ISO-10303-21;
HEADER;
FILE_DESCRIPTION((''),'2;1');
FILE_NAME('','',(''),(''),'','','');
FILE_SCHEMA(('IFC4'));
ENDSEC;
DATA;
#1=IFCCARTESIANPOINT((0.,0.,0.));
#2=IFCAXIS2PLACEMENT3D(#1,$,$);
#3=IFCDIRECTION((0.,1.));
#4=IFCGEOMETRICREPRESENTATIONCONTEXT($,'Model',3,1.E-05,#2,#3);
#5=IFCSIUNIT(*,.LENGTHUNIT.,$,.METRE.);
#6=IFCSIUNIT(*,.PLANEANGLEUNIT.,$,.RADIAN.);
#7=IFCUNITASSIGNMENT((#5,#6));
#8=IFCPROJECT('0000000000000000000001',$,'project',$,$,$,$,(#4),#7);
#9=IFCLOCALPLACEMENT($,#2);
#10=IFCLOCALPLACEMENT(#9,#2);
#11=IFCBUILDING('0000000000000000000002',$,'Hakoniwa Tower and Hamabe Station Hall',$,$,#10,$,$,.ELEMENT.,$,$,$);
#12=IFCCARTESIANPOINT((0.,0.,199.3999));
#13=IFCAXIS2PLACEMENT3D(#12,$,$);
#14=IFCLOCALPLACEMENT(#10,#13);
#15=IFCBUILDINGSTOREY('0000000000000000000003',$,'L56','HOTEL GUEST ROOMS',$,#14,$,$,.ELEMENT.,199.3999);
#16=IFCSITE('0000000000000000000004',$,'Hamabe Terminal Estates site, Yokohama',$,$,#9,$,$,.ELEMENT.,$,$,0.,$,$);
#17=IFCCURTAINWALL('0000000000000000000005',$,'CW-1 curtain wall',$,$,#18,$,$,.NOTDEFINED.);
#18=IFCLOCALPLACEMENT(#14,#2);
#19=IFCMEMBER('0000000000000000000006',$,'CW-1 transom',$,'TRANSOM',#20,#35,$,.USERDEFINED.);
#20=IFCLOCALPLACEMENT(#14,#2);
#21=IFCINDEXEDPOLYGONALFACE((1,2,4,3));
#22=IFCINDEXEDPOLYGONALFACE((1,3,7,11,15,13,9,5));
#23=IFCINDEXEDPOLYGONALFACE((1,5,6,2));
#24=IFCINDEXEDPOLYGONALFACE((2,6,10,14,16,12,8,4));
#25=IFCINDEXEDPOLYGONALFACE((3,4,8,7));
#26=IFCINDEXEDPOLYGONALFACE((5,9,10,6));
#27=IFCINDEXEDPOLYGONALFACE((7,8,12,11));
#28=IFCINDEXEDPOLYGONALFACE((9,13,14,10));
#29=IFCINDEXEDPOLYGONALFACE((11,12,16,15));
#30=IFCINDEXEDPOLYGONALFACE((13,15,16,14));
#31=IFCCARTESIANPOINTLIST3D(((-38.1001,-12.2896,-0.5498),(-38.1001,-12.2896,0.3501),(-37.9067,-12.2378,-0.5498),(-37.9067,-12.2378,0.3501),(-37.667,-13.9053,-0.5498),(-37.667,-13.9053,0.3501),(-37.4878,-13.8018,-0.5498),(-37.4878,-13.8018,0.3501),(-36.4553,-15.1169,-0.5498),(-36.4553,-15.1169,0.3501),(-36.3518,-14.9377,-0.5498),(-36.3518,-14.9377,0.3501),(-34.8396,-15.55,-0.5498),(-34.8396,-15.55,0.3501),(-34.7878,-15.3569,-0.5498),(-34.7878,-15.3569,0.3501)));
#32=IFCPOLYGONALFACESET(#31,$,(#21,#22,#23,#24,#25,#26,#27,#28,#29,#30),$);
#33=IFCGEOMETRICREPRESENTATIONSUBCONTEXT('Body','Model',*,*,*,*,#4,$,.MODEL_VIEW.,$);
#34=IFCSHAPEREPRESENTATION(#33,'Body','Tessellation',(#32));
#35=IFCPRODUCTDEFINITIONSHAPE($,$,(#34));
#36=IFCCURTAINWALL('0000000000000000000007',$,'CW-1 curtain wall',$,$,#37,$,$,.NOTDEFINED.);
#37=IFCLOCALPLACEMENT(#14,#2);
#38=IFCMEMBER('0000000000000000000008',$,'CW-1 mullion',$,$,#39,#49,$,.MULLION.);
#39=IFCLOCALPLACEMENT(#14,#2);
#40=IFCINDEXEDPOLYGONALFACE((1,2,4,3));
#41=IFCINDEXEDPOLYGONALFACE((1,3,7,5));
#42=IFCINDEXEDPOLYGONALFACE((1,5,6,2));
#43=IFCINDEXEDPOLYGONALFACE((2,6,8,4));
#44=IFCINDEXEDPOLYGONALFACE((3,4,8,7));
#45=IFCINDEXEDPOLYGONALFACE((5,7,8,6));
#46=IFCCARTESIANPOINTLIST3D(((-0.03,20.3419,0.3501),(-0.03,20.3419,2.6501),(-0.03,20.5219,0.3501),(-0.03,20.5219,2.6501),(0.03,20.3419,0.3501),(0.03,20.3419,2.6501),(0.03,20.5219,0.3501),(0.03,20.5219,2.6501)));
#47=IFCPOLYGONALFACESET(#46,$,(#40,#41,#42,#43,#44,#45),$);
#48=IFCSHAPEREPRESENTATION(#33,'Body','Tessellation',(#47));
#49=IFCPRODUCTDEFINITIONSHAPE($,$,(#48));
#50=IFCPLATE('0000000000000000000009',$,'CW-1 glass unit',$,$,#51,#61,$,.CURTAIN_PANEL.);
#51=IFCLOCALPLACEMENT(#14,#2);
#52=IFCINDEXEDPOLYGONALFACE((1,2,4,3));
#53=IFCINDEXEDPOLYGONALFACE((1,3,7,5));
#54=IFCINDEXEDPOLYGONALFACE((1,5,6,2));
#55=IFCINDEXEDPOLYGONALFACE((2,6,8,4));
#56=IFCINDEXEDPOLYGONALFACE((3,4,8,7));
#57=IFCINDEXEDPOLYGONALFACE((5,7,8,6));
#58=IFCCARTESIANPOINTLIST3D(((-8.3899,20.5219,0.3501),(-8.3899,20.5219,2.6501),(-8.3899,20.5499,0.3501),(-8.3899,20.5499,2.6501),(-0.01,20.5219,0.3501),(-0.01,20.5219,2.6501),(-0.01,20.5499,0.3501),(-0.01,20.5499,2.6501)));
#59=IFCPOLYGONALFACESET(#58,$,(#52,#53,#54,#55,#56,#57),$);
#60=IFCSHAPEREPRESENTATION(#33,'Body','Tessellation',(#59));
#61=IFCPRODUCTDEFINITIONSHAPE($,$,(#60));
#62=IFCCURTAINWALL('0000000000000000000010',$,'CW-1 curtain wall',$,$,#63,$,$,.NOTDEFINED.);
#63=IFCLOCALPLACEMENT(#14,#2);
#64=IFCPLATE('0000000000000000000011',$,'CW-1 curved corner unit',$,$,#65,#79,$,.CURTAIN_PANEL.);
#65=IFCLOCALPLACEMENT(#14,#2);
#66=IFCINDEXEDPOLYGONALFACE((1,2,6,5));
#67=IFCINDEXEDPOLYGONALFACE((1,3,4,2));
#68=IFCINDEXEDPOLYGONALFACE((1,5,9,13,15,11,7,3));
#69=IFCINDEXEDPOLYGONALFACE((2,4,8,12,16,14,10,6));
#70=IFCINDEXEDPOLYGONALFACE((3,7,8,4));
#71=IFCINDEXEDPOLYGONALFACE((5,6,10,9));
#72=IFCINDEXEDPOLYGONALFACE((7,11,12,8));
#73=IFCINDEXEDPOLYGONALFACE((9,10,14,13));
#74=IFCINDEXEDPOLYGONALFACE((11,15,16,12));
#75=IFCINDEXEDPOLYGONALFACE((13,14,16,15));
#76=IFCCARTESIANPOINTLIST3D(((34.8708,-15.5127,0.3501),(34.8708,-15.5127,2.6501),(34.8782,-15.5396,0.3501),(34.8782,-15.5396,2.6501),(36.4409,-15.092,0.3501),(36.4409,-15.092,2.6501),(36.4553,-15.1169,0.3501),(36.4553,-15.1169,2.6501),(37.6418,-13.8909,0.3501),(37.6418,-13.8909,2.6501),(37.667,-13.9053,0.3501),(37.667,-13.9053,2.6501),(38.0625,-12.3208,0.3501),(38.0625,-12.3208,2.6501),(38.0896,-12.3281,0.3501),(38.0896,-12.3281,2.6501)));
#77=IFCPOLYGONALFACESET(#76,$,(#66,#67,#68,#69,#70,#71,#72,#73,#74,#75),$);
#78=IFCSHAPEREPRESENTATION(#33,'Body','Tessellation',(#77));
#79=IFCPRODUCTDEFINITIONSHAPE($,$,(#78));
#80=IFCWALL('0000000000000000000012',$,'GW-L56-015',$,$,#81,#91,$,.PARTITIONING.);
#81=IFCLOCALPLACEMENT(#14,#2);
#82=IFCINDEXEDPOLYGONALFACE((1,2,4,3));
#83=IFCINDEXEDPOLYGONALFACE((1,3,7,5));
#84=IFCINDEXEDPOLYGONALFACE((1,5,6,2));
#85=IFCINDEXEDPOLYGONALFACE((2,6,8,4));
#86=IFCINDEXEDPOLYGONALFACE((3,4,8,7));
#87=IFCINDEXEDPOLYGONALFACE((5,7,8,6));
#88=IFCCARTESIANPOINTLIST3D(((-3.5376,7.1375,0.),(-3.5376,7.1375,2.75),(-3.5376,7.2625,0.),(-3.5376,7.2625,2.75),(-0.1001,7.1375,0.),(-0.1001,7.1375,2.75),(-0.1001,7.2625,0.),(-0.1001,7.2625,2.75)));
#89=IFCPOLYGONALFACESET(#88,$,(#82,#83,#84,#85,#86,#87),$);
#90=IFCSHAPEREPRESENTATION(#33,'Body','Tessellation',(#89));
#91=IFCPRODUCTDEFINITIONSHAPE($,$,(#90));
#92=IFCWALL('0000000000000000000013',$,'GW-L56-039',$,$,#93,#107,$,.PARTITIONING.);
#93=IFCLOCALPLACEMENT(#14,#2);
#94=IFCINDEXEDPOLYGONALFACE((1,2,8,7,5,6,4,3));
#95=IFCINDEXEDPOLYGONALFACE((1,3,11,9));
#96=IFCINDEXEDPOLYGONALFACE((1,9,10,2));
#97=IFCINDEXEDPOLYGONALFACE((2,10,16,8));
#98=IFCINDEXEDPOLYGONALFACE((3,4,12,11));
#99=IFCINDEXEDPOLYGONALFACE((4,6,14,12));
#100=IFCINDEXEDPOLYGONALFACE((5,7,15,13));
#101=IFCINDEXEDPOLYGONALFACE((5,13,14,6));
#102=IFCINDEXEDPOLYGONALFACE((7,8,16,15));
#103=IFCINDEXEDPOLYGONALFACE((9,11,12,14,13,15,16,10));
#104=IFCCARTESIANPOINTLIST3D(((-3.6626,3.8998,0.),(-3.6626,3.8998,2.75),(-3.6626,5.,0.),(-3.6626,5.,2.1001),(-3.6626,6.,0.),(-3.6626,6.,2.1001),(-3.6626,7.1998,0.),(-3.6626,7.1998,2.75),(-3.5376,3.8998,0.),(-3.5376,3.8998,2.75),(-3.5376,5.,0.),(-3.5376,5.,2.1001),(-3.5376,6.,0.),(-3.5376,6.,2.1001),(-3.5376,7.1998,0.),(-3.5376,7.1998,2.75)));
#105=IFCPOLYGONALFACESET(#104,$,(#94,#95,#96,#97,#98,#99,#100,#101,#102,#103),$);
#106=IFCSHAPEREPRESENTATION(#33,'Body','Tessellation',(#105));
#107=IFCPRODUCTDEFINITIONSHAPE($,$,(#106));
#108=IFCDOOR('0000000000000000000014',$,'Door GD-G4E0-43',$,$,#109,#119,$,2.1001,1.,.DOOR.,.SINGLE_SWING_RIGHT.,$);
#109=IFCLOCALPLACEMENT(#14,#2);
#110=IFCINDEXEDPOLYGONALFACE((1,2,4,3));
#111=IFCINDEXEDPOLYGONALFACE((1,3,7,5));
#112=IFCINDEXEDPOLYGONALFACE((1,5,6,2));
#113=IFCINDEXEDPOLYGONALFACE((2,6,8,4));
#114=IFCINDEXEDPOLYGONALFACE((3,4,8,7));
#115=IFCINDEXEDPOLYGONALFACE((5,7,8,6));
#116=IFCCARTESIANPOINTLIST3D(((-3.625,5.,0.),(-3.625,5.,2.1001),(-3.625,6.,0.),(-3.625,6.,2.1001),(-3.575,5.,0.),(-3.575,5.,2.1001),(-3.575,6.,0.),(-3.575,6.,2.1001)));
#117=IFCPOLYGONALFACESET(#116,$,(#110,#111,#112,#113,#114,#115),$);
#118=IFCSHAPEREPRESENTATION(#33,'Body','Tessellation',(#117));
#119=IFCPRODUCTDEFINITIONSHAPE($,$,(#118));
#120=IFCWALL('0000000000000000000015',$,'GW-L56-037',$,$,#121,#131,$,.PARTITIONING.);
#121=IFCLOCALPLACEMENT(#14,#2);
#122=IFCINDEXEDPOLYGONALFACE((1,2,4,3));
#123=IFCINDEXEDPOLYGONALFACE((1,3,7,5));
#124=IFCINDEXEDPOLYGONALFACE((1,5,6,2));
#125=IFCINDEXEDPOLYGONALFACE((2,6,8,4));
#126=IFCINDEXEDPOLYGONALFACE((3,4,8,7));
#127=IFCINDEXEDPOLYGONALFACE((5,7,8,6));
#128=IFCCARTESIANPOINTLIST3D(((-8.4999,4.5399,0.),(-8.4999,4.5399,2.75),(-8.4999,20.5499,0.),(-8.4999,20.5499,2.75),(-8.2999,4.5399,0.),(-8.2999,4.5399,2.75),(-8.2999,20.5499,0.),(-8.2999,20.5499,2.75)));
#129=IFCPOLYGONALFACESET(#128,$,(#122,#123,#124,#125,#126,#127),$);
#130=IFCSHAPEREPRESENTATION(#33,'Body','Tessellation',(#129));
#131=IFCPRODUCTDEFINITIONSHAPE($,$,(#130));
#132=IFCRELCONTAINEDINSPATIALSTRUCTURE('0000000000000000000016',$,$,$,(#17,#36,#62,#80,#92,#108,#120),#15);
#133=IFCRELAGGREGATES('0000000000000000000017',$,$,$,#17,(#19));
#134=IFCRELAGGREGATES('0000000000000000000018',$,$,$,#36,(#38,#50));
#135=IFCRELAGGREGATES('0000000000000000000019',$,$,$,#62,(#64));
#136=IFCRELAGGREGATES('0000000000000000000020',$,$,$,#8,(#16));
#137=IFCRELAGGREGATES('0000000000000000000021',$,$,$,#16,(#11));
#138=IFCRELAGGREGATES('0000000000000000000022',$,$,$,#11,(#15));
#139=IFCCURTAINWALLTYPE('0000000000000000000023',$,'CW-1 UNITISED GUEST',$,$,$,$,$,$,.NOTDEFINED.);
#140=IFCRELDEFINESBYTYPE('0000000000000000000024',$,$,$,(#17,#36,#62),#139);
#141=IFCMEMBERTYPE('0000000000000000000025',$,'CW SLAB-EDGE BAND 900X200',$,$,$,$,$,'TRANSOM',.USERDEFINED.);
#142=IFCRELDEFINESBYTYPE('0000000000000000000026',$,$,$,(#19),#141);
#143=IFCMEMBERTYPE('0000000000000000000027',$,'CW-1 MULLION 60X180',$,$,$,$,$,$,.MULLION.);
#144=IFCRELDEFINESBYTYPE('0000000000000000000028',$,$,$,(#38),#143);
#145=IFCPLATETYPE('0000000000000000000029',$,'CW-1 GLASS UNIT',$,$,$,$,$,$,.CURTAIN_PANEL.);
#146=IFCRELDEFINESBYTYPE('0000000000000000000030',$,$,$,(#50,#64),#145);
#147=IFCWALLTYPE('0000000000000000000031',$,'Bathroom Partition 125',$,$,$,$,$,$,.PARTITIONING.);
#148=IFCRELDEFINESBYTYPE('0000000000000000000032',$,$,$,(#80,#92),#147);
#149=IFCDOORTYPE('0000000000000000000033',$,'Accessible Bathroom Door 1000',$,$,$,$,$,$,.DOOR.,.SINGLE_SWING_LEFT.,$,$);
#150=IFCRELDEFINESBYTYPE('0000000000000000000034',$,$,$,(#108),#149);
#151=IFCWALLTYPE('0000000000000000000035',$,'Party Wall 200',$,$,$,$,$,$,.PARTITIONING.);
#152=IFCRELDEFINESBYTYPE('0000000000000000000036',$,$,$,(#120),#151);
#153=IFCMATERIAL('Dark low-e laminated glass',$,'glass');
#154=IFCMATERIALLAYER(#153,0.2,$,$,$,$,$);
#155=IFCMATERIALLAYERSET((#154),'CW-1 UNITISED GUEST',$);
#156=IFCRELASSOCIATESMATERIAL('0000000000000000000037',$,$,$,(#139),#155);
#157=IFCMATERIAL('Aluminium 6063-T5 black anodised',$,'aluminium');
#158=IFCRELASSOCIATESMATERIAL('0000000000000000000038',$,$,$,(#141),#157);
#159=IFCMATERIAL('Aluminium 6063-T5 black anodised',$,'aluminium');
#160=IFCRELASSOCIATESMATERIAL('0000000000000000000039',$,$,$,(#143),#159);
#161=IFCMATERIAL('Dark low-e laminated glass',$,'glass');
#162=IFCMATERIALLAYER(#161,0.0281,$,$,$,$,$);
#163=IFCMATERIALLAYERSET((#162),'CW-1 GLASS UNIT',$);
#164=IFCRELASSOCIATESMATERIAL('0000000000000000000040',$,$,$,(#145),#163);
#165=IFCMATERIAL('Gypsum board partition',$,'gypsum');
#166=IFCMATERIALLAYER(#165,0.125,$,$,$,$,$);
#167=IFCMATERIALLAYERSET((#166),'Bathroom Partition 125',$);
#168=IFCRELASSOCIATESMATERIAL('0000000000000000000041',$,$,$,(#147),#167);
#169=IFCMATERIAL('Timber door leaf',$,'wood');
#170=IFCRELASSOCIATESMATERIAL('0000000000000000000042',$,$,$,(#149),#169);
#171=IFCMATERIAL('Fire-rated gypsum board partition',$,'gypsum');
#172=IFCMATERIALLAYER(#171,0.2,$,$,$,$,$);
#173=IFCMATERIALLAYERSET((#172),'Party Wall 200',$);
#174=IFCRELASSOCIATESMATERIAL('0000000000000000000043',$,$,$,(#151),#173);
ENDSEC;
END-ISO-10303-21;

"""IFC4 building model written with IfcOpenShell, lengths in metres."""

from ifc_helpers import new_model, si_unit, direction, frame, frame_2d, origin, origin_2d, place, context, subcontext, project, spatial, polyline, rectangle, outline, extrude, material, layer, layer_set, material_profile, profile_set, type_object, element, fill, aggregate, save


model = new_model("IFC4")

# Units and contexts
model_context = context("Model", 3, precision=1e-05, world=origin(), true_north=direction((0.0, 1.0)))
body_context = subcontext(model_context, "Body", "Model", "MODEL_VIEW")
ifc_project = project(units=[si_unit("LENGTHUNIT", "METRE"), si_unit("PLANEANGLEUNIT", "RADIAN")], contexts=[model_context])

# Site, building, storey
site_placement = place(None, origin())
site = spatial("IfcSite", under=ifc_project, at=site_placement, Name="Hamabe Terminal Estates site, Yokohama", CompositionType="ELEMENT", RefElevation=0.0)
building_placement = place(site_placement, origin())
building = spatial("IfcBuilding", under=site, at=building_placement, Name="Hakoniwa Tower and Hamabe Station Hall", CompositionType="ELEMENT")
storey_placement = place(building_placement, frame((0.0, 0.0, 199.3999)))
storey = spatial("IfcBuildingStorey", under=building, at=storey_placement, Name="L56", Description="HOTEL GUEST ROOMS", CompositionType="ELEMENT", Elevation=199.3999)

# Curtain wall, member
ifc_material_1 = material(Name="Dark low-e laminated glass", Category="glass")
ifc_layer_1 = layer(ifc_material_1, 0.2)
ifc_layer_set_1 = layer_set([ifc_layer_1], Name="CW-1 UNITISED GUEST")
curtain_wall_type = type_object("IfcCurtainWallType", Name="CW-1 UNITISED GUEST", PredefinedType="NOTDEFINED", material=ifc_layer_set_1)
curtain_wall_1_placement = place(storey_placement, origin())
curtain_wall_1 = element("IfcCurtainWall", 1, at=curtain_wall_1_placement, inside=storey, type_object=curtain_wall_type, Name="CW-1 curtain wall", PredefinedType="NOTDEFINED")
ifc_material_2 = material(Name="Aluminium 6063-T5 black anodised", Category="aluminium")
ifc_material_profile_1 = material_profile(ifc_material_2, rectangle(XDim=0.2, YDim=0.8999, at=origin_2d()), Name="CW SLAB-EDGE BAND 900X200")
ifc_profile_set_1 = profile_set([ifc_material_profile_1], Name="Aluminium 6063-T5 black anodised")
member_type_1 = type_object("IfcMemberType", Name="CW SLAB-EDGE BAND 900X200", ElementType="TRANSOM", PredefinedType="USERDEFINED", material=ifc_profile_set_1)
member_1_placement = place(storey_placement, frame((0.0, 0.0, -0.5498)))
member_1 = element("IfcMember", 2, at=member_1_placement, type_object=member_type_1, Name="CW-1 transom", ObjectType="TRANSOM", PredefinedType="USERDEFINED", context=body_context, shape_type="SweptSolid", body=[
    extrude(outline(polyline([(-38.1001, -12.2896), (-37.667, -13.9053), (-36.4553, -15.1169), (-34.8396, -15.55), (-34.7878, -15.3569), (-36.3518, -14.9377), (-37.4878, -13.8018), (-37.9067, -12.2378), (-38.1001, -12.2896)])), origin(), (0.0, 0.0, 1.0), 0.8999),
])
aggregate(curtain_wall_1, [member_1])

# Curtain wall, member, plate
curtain_wall_2_placement = place(storey_placement, origin())
curtain_wall_2 = element("IfcCurtainWall", 3, at=curtain_wall_2_placement, inside=storey, type_object=curtain_wall_type, Name="CW-1 curtain wall", PredefinedType="NOTDEFINED")
ifc_material_3 = material(Name="Aluminium 6063-T5 black anodised", Category="aluminium")
ifc_material_profile_2 = material_profile(ifc_material_3, rectangle(XDim=0.0601, YDim=0.1799, at=origin_2d()), Name="CW-1 MULLION 60X180")
ifc_profile_set_2 = profile_set([ifc_material_profile_2], Name="Aluminium 6063-T5 black anodised")
member_type_2 = type_object("IfcMemberType", Name="CW-1 MULLION 60X180", PredefinedType="MULLION", material=ifc_profile_set_2)
member_2_placement = place(storey_placement, frame((0.0, 20.4319, 0.3501), z_axis=(0.0, 0.0, 1.0), x_axis=(-1.0, 0.0, 0.0)))
member_2 = element("IfcMember", 4, at=member_2_placement, type_object=member_type_2, Name="CW-1 mullion", PredefinedType="MULLION", context=body_context, shape_type="SweptSolid", body=[
    extrude(rectangle(XDim=0.0601, YDim=0.1799, at=origin_2d()), origin(), (0.0, 0.0, 1.0), 2.3),
])
ifc_material_4 = material(Name="Dark low-e laminated glass", Category="glass")
ifc_layer_2 = layer(ifc_material_4, 0.0281)
ifc_layer_set_2 = layer_set([ifc_layer_2], Name="CW-1 GLASS UNIT")
plate_type = type_object("IfcPlateType", Name="CW-1 GLASS UNIT", PredefinedType="CURTAIN_PANEL", material=ifc_layer_set_2)
plate_1_placement = place(storey_placement, frame((-4.2, 20.5359, 0.3501), z_axis=(0.0, 0.0, 1.0), x_axis=(-1.0, 0.0, 0.0)))
plate_1 = element("IfcPlate", 5, at=plate_1_placement, type_object=plate_type, Name="CW-1 glass unit", PredefinedType="CURTAIN_PANEL", context=body_context, shape_type="SweptSolid", body=[
    extrude(rectangle(XDim=8.3799, YDim=0.0281, at=origin_2d()), origin(), (0.0, 0.0, 1.0), 2.3),
])
aggregate(curtain_wall_2, [member_2, plate_1])

# Curtain wall, plate
curtain_wall_3_placement = place(storey_placement, origin())
curtain_wall_3 = element("IfcCurtainWall", 6, at=curtain_wall_3_placement, inside=storey, type_object=curtain_wall_type, Name="CW-1 curtain wall", PredefinedType="NOTDEFINED")
plate_2_placement = place(storey_placement, frame((0.0, 0.0, 0.3501)))
plate_2 = element("IfcPlate", 7, at=plate_2_placement, type_object=plate_type, Name="CW-1 curved corner unit", PredefinedType="CURTAIN_PANEL", context=body_context, shape_type="SweptSolid", body=[
    extrude(outline(polyline([(34.8782, -15.5396), (36.4553, -15.1169), (37.667, -13.9053), (38.0896, -12.3281), (38.0625, -12.3208), (37.6418, -13.8909), (36.4409, -15.092), (34.8708, -15.5127), (34.8782, -15.5396)])), origin(), (0.0, 0.0, 1.0), 2.3),
])
aggregate(curtain_wall_3, [plate_2])

# Wall
ifc_material_5 = material(Name="Gypsum board partition", Category="gypsum")
ifc_layer_3 = layer(ifc_material_5, 0.125)
ifc_layer_set_3 = layer_set([ifc_layer_3], Name="Bathroom Partition 125")
wall_type_1 = type_object("IfcWallType", Name="Bathroom Partition 125", PredefinedType="PARTITIONING", material=ifc_layer_set_3)
wall_1_placement = place(storey_placement, frame((-3.5376, 7.2, 0.0), z_axis=(0.0, 0.0, 1.0), x_axis=(1.0, 0.0, 0.0)))
element("IfcWall", 8, at=wall_1_placement, inside=storey, type_object=wall_type_1, Name="GW-L56-015", PredefinedType="PARTITIONING", context=body_context, shape_type="SweptSolid", body=[
    extrude(rectangle(XDim=3.4375, YDim=0.125, at=frame_2d((1.7188, 0.0))), origin(), (0.0, 0.0, 1.0), 2.75),
])

# Wall, opening, door
wall_2_placement = place(storey_placement, frame((-3.6001, 3.8999, 0.0), z_axis=(0.0, 0.0, 1.0), x_axis=(0.0, 1.0, 0.0)))
wall_2 = element("IfcWall", 9, at=wall_2_placement, inside=storey, type_object=wall_type_1, Name="GW-L56-039", PredefinedType="PARTITIONING", context=body_context, shape_type="SweptSolid", body=[
    extrude(rectangle(XDim=3.3, YDim=0.125, at=frame_2d((1.6499, 0.0))), origin(), (0.0, 0.0, 1.0), 2.75),
])
opening_placement = place(wall_2_placement, frame((1.1001, 0.0, 0.0)))
opening = element("IfcOpeningElement", 10, at=opening_placement, cuts=wall_2, PredefinedType="OPENING", context=body_context, shape_type="SweptSolid", body=[
    extrude(rectangle(XDim=1.0, YDim=2.1001, at=frame_2d((0.5, 1.05))), frame((0.0, 0.0725, 0.0), z_axis=(0.0, -1.0, 0.0), x_axis=(1.0, 0.0, 0.0)), (0.0, 0.0, 1.0), 0.145),
])
ifc_material_6 = material(Name="Timber door leaf", Category="wood")
door_type = type_object("IfcDoorType", Name="Accessible Bathroom Door 1000", OperationType="SINGLE_SWING_LEFT", PredefinedType="DOOR", material=ifc_material_6)
door_placement = place(opening_placement, origin())
door = element("IfcDoor", 11, at=door_placement, inside=storey, type_object=door_type, Name="Door GD-G4E0-43", OperationType="SINGLE_SWING_RIGHT", OverallHeight=2.1001, OverallWidth=1.0, PredefinedType="DOOR", context=body_context, shape_type="SweptSolid", body=[
    extrude(rectangle(XDim=1.0, YDim=2.1001, at=frame_2d((0.5, 1.05))), frame((0.0, 0.0249, 0.0), z_axis=(0.0, -1.0, 0.0), x_axis=(1.0, 0.0, 0.0)), (0.0, 0.0, 1.0), 0.05),
])
fill(opening, door)

# Wall
ifc_material_7 = material(Name="Fire-rated gypsum board partition", Category="gypsum")
ifc_layer_4 = layer(ifc_material_7, 0.2)
ifc_layer_set_4 = layer_set([ifc_layer_4], Name="Party Wall 200")
wall_type_2 = type_object("IfcWallType", Name="Party Wall 200", PredefinedType="PARTITIONING", material=ifc_layer_set_4)
wall_3_placement = place(storey_placement, frame((-8.3999, 4.54, 0.0), z_axis=(0.0, 0.0, 1.0), x_axis=(0.0, 1.0, 0.0)))
element("IfcWall", 12, at=wall_3_placement, inside=storey, type_object=wall_type_2, Name="GW-L56-037", PredefinedType="PARTITIONING", context=body_context, shape_type="SweptSolid", body=[
    extrude(rectangle(XDim=16.01, YDim=0.2, at=frame_2d((8.0049, 0.0))), origin(), (0.0, 0.0, 1.0), 2.75),
])

save(model, "model.ifc")
